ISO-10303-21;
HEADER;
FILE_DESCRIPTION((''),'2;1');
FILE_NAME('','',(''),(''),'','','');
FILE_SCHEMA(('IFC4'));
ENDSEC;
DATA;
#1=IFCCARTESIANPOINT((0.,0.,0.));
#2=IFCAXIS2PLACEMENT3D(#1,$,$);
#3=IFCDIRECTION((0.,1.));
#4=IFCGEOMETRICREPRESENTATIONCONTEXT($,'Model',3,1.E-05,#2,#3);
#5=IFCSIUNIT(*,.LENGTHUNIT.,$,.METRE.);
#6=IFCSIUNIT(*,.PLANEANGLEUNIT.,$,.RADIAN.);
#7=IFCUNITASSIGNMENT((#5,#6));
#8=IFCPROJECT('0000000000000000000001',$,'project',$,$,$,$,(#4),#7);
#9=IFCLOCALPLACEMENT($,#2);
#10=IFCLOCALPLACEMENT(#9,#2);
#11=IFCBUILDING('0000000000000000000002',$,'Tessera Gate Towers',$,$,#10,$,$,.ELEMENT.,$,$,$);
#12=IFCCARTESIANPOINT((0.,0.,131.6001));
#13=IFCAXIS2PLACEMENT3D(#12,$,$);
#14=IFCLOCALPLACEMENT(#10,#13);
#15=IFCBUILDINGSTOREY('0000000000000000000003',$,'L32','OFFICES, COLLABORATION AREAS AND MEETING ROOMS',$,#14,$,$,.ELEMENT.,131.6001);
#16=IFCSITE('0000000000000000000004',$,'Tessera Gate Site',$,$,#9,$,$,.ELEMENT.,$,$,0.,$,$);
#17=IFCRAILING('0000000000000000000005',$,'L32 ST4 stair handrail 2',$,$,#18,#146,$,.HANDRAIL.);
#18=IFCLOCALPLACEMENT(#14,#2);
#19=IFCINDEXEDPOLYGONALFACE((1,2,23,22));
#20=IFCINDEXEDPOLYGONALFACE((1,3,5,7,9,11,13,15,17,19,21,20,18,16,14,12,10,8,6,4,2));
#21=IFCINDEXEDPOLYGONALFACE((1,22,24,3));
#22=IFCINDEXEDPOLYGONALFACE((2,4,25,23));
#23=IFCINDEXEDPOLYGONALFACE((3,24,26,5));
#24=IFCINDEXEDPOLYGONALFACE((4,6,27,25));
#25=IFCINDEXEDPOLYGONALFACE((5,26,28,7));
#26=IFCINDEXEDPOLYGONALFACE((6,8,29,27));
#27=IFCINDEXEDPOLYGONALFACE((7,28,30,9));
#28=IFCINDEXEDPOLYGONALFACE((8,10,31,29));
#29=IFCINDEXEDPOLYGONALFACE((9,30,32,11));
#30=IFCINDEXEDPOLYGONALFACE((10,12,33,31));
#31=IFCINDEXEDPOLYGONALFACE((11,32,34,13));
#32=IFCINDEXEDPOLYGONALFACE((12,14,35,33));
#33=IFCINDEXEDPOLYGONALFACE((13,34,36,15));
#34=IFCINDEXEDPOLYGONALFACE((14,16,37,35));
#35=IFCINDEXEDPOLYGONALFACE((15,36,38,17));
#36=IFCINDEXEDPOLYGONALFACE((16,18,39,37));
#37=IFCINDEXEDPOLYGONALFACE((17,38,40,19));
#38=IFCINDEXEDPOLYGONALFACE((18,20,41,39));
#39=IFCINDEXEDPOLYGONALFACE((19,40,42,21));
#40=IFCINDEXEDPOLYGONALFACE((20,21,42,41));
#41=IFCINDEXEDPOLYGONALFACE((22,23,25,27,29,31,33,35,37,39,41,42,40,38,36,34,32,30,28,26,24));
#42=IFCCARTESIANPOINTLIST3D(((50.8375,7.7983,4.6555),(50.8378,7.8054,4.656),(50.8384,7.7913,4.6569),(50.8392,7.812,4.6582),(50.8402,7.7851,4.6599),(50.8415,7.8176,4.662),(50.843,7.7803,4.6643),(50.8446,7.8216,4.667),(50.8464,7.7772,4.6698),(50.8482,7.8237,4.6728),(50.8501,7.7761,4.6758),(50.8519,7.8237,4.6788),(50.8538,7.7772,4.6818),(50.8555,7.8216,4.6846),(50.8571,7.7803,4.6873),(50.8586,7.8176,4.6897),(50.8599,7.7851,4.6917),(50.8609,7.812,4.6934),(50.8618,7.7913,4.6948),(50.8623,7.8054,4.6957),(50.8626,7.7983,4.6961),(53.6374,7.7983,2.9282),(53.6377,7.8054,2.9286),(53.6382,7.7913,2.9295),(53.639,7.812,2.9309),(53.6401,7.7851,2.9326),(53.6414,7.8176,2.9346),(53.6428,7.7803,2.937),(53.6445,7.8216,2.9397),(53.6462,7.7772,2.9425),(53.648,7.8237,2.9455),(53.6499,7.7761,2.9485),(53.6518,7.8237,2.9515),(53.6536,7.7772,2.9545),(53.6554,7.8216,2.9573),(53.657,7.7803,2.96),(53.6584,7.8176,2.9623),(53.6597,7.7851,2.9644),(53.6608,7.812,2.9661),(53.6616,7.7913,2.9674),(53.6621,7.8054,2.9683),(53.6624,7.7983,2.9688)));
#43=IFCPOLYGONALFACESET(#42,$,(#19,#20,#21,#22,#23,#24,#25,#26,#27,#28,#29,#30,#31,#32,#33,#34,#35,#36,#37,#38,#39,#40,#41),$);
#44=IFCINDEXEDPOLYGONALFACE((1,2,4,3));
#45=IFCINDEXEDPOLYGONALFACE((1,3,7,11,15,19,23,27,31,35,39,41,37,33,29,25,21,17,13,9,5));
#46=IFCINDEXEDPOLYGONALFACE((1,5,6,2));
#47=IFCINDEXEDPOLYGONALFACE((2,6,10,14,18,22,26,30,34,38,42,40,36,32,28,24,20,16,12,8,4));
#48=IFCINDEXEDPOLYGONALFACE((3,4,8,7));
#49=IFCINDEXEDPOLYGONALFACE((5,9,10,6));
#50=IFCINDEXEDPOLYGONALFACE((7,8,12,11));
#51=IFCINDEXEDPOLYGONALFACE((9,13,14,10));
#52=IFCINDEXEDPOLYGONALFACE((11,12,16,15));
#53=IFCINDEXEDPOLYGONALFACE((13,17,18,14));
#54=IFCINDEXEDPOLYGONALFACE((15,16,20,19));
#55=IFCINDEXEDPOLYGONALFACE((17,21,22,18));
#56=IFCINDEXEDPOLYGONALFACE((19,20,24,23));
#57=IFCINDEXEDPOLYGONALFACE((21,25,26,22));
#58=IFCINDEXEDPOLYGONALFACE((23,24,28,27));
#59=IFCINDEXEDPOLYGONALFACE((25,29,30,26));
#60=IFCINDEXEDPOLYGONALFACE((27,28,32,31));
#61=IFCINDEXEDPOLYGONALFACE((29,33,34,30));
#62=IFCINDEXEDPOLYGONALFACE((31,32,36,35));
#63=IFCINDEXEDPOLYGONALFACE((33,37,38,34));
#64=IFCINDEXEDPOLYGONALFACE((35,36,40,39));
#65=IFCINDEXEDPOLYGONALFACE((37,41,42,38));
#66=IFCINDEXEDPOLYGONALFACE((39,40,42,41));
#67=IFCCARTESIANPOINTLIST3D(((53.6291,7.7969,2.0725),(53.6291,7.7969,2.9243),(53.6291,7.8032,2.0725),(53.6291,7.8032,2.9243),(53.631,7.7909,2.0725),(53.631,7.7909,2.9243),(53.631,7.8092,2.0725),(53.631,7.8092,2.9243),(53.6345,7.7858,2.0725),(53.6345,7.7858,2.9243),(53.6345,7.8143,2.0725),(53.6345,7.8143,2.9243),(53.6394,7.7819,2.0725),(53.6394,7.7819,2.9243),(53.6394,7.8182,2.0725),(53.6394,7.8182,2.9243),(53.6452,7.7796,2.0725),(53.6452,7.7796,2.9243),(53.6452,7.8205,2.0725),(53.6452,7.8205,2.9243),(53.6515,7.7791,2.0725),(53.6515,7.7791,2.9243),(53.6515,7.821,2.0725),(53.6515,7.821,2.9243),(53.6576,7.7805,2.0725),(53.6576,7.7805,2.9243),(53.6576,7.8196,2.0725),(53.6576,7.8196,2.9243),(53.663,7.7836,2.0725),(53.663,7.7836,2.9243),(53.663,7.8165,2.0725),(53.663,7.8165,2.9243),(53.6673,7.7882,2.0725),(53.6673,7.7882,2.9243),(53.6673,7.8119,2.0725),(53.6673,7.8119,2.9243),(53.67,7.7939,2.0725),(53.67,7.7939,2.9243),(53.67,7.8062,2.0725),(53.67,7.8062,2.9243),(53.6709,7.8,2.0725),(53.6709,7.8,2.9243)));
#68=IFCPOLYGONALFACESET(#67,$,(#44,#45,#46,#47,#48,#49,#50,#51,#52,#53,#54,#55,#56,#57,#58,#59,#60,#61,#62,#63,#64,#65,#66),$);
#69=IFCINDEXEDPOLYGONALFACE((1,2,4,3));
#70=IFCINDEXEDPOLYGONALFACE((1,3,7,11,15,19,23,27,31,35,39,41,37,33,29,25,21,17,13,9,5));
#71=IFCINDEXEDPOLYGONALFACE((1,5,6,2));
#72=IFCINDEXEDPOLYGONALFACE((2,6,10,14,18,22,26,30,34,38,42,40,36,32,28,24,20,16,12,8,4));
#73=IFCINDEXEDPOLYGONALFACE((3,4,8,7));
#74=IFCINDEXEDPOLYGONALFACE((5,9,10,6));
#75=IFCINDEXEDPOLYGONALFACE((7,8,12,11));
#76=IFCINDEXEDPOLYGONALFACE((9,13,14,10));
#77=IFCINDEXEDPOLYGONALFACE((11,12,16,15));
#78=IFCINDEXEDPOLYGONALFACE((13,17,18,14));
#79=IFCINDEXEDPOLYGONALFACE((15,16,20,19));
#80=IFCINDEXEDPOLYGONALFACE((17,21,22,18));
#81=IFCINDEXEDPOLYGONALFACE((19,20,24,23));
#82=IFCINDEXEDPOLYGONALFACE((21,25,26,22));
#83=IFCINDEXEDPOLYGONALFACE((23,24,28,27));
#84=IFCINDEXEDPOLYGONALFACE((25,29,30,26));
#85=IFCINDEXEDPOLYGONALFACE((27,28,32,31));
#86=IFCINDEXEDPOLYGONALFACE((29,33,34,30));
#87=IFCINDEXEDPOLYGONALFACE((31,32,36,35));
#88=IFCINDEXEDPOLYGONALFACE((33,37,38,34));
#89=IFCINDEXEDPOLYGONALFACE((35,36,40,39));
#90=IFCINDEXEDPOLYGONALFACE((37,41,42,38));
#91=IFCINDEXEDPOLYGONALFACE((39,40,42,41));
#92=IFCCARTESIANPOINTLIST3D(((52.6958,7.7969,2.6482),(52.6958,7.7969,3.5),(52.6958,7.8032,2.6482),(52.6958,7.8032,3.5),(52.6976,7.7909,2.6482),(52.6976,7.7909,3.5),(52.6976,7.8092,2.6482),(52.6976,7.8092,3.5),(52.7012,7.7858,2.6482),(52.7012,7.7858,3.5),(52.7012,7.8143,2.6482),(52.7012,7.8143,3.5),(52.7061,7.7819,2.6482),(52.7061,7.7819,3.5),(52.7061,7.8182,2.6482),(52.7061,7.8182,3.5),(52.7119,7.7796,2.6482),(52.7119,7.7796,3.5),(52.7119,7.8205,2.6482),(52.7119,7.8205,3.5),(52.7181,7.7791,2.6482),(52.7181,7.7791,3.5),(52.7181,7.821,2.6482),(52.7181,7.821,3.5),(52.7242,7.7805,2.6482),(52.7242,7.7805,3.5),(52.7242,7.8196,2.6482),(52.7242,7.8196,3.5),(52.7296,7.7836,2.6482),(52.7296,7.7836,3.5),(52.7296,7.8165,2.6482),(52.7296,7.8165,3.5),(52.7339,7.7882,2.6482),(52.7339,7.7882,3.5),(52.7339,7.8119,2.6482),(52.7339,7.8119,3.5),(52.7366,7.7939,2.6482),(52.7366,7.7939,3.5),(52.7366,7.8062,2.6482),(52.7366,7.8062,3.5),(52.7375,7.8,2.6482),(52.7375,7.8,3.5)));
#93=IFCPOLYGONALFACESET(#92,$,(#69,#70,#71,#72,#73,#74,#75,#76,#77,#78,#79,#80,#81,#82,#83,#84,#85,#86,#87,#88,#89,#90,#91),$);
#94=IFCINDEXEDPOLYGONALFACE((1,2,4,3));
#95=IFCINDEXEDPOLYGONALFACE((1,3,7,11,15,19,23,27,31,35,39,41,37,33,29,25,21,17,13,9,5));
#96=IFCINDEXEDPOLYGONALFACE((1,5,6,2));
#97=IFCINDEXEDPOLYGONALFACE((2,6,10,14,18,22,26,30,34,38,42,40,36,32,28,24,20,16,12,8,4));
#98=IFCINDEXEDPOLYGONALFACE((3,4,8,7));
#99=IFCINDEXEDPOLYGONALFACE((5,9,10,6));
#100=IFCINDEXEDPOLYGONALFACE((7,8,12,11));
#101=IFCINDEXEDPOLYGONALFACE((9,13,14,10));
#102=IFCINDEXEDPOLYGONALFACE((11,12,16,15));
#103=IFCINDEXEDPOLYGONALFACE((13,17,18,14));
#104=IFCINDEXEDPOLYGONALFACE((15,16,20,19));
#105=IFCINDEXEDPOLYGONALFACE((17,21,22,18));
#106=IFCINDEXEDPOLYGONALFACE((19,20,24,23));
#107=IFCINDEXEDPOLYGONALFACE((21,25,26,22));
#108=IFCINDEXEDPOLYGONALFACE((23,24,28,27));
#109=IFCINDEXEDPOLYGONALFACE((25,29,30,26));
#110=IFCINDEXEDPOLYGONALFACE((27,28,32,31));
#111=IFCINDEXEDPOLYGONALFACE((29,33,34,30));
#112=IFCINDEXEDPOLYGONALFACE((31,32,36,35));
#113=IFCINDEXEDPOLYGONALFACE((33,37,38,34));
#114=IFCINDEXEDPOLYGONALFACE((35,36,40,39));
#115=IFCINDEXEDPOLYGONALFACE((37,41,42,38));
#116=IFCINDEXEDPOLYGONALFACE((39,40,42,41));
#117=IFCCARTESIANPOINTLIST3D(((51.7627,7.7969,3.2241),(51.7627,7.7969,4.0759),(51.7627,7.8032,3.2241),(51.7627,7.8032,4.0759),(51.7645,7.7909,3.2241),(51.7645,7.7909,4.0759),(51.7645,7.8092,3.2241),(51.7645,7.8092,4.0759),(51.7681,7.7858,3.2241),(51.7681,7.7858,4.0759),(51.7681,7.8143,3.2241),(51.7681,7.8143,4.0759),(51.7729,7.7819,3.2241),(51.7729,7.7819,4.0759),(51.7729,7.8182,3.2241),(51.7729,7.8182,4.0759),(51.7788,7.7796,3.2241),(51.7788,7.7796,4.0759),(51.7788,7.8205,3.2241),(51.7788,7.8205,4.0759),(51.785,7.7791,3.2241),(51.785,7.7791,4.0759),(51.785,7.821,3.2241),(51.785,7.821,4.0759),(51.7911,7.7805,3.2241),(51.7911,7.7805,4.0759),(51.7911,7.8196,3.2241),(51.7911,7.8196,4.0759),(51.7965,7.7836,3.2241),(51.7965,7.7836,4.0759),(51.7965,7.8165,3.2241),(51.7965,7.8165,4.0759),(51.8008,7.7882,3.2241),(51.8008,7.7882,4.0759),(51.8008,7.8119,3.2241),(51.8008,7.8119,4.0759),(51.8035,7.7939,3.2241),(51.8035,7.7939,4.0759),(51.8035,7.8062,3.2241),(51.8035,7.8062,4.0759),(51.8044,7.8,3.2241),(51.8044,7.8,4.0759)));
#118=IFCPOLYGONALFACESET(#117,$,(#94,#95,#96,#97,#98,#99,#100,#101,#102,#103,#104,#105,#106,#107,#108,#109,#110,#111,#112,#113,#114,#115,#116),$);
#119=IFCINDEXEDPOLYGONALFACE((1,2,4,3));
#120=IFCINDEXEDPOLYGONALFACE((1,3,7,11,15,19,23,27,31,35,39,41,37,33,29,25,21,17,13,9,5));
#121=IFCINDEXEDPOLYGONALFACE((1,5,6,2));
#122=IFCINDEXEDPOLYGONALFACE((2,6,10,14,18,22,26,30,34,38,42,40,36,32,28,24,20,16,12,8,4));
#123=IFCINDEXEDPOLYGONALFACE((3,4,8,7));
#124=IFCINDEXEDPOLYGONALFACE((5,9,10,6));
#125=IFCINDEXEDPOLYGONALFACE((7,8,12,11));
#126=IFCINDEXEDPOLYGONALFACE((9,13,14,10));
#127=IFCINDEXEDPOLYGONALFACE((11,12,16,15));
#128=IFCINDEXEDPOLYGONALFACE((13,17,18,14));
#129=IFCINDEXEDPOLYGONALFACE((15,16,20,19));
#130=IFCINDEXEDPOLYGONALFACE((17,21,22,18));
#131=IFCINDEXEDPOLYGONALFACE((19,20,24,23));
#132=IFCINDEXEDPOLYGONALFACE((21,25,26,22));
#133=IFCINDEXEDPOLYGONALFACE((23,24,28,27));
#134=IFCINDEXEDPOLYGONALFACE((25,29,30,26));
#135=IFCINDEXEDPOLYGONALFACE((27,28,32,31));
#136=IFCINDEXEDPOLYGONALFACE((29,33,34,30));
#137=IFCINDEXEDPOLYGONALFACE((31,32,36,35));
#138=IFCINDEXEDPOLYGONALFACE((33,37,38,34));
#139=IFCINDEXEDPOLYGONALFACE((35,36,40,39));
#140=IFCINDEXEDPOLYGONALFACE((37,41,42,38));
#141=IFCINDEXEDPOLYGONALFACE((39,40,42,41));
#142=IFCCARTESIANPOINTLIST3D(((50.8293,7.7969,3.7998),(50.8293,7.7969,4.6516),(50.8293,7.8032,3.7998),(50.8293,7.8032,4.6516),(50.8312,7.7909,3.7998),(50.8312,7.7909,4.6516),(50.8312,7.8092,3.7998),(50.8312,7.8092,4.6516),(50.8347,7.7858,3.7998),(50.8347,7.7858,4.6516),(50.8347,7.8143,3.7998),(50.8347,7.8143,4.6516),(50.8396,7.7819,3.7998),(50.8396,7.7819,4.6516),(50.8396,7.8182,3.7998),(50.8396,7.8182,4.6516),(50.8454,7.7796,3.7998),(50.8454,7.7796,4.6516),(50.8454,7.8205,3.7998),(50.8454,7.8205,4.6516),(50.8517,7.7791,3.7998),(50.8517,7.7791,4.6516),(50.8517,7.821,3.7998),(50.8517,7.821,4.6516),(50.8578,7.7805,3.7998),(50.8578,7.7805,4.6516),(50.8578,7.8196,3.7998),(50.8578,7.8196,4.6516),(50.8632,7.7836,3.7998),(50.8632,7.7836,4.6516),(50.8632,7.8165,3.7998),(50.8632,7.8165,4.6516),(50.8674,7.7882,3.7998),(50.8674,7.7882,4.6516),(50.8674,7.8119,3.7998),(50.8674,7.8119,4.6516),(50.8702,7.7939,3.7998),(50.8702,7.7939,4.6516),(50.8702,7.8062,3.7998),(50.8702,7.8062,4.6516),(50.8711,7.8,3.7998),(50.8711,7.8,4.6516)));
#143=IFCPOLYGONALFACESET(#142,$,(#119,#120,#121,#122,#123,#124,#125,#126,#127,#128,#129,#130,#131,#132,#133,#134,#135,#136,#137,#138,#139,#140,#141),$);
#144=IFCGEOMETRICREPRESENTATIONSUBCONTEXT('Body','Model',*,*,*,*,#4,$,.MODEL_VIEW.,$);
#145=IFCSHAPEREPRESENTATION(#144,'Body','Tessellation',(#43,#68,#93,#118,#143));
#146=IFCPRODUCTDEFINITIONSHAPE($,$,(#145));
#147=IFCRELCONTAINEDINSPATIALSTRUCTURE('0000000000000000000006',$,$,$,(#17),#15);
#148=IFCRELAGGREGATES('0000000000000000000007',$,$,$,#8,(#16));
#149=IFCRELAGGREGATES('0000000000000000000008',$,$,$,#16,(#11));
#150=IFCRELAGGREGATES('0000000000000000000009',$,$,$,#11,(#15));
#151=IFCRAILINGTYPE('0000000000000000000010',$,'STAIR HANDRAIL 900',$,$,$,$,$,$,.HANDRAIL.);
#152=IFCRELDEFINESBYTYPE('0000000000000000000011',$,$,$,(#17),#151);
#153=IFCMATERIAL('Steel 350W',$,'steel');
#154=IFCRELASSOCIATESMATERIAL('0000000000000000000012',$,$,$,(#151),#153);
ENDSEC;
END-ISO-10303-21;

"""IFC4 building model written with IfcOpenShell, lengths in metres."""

from ifc_helpers import new_model, si_unit, direction, frame, origin, origin_2d, place, context, subcontext, project, spatial, circle, extrude, material, type_object, element, save


model = new_model("IFC4")

# Units and contexts
model_context = context("Model", 3, precision=1e-05, world=origin(), true_north=direction((0.0, 1.0)))
body_context = subcontext(model_context, "Body", "Model", "MODEL_VIEW")
ifc_project = project(units=[si_unit("LENGTHUNIT", "METRE"), si_unit("PLANEANGLEUNIT", "RADIAN")], contexts=[model_context])

# Site, building, storey
site_placement = place(None, origin())
site = spatial("IfcSite", under=ifc_project, at=site_placement, Name="Tessera Gate Site", CompositionType="ELEMENT", RefElevation=0.0)
building_placement = place(site_placement, origin())
building = spatial("IfcBuilding", under=site, at=building_placement, Name="Tessera Gate Towers", CompositionType="ELEMENT")
storey_placement = place(building_placement, frame((0.0, 0.0, 131.6001)))
storey = spatial("IfcBuildingStorey", under=building, at=storey_placement, Name="L32", Description="OFFICES, COLLABORATION AREAS AND MEETING ROOMS", CompositionType="ELEMENT", Elevation=131.6001)

# Railing
ifc_material_1 = material(Name="Steel 350W", Category="steel")
railing_type_1 = type_object("IfcRailingType", Name="STAIR HANDRAIL 900", PredefinedType="HANDRAIL", material=ifc_material_1)
railing_1_placement = place(storey_placement, frame((53.6499, 7.8, 2.0725)))
element("IfcRailing", 1, at=railing_1_placement, inside=storey, type_object=railing_type_1, Name="L32 ST4 stair handrail 2", PredefinedType="HANDRAIL", context=body_context, shape_type="SweptSolid", body=[
    extrude(circle(Radius=0.0239, at=origin_2d()), frame((0.0, 0.0, 0.876), z_axis=(-0.851069, 0.0, 0.525054), x_axis=(0.0, -1.0, 0.0)), (0.0, 0.0, 1.0), 3.2898),
    extrude(circle(Radius=0.021, at=origin_2d()), origin(), (0.0, 0.0, 1.0), 0.8518),
    extrude(circle(Radius=0.021, at=origin_2d()), frame((-0.9333, 0.0, 0.5757)), (0.0, 0.0, 1.0), 0.8518),
    extrude(circle(Radius=0.021, at=origin_2d()), frame((-1.8665, 0.0, 1.1516)), (0.0, 0.0, 1.0), 0.8518),
    extrude(circle(Radius=0.021, at=origin_2d()), frame((-2.7998, 0.0, 1.7273)), (0.0, 0.0, 1.0), 0.8518),
])

save(model, "model.ifc")
